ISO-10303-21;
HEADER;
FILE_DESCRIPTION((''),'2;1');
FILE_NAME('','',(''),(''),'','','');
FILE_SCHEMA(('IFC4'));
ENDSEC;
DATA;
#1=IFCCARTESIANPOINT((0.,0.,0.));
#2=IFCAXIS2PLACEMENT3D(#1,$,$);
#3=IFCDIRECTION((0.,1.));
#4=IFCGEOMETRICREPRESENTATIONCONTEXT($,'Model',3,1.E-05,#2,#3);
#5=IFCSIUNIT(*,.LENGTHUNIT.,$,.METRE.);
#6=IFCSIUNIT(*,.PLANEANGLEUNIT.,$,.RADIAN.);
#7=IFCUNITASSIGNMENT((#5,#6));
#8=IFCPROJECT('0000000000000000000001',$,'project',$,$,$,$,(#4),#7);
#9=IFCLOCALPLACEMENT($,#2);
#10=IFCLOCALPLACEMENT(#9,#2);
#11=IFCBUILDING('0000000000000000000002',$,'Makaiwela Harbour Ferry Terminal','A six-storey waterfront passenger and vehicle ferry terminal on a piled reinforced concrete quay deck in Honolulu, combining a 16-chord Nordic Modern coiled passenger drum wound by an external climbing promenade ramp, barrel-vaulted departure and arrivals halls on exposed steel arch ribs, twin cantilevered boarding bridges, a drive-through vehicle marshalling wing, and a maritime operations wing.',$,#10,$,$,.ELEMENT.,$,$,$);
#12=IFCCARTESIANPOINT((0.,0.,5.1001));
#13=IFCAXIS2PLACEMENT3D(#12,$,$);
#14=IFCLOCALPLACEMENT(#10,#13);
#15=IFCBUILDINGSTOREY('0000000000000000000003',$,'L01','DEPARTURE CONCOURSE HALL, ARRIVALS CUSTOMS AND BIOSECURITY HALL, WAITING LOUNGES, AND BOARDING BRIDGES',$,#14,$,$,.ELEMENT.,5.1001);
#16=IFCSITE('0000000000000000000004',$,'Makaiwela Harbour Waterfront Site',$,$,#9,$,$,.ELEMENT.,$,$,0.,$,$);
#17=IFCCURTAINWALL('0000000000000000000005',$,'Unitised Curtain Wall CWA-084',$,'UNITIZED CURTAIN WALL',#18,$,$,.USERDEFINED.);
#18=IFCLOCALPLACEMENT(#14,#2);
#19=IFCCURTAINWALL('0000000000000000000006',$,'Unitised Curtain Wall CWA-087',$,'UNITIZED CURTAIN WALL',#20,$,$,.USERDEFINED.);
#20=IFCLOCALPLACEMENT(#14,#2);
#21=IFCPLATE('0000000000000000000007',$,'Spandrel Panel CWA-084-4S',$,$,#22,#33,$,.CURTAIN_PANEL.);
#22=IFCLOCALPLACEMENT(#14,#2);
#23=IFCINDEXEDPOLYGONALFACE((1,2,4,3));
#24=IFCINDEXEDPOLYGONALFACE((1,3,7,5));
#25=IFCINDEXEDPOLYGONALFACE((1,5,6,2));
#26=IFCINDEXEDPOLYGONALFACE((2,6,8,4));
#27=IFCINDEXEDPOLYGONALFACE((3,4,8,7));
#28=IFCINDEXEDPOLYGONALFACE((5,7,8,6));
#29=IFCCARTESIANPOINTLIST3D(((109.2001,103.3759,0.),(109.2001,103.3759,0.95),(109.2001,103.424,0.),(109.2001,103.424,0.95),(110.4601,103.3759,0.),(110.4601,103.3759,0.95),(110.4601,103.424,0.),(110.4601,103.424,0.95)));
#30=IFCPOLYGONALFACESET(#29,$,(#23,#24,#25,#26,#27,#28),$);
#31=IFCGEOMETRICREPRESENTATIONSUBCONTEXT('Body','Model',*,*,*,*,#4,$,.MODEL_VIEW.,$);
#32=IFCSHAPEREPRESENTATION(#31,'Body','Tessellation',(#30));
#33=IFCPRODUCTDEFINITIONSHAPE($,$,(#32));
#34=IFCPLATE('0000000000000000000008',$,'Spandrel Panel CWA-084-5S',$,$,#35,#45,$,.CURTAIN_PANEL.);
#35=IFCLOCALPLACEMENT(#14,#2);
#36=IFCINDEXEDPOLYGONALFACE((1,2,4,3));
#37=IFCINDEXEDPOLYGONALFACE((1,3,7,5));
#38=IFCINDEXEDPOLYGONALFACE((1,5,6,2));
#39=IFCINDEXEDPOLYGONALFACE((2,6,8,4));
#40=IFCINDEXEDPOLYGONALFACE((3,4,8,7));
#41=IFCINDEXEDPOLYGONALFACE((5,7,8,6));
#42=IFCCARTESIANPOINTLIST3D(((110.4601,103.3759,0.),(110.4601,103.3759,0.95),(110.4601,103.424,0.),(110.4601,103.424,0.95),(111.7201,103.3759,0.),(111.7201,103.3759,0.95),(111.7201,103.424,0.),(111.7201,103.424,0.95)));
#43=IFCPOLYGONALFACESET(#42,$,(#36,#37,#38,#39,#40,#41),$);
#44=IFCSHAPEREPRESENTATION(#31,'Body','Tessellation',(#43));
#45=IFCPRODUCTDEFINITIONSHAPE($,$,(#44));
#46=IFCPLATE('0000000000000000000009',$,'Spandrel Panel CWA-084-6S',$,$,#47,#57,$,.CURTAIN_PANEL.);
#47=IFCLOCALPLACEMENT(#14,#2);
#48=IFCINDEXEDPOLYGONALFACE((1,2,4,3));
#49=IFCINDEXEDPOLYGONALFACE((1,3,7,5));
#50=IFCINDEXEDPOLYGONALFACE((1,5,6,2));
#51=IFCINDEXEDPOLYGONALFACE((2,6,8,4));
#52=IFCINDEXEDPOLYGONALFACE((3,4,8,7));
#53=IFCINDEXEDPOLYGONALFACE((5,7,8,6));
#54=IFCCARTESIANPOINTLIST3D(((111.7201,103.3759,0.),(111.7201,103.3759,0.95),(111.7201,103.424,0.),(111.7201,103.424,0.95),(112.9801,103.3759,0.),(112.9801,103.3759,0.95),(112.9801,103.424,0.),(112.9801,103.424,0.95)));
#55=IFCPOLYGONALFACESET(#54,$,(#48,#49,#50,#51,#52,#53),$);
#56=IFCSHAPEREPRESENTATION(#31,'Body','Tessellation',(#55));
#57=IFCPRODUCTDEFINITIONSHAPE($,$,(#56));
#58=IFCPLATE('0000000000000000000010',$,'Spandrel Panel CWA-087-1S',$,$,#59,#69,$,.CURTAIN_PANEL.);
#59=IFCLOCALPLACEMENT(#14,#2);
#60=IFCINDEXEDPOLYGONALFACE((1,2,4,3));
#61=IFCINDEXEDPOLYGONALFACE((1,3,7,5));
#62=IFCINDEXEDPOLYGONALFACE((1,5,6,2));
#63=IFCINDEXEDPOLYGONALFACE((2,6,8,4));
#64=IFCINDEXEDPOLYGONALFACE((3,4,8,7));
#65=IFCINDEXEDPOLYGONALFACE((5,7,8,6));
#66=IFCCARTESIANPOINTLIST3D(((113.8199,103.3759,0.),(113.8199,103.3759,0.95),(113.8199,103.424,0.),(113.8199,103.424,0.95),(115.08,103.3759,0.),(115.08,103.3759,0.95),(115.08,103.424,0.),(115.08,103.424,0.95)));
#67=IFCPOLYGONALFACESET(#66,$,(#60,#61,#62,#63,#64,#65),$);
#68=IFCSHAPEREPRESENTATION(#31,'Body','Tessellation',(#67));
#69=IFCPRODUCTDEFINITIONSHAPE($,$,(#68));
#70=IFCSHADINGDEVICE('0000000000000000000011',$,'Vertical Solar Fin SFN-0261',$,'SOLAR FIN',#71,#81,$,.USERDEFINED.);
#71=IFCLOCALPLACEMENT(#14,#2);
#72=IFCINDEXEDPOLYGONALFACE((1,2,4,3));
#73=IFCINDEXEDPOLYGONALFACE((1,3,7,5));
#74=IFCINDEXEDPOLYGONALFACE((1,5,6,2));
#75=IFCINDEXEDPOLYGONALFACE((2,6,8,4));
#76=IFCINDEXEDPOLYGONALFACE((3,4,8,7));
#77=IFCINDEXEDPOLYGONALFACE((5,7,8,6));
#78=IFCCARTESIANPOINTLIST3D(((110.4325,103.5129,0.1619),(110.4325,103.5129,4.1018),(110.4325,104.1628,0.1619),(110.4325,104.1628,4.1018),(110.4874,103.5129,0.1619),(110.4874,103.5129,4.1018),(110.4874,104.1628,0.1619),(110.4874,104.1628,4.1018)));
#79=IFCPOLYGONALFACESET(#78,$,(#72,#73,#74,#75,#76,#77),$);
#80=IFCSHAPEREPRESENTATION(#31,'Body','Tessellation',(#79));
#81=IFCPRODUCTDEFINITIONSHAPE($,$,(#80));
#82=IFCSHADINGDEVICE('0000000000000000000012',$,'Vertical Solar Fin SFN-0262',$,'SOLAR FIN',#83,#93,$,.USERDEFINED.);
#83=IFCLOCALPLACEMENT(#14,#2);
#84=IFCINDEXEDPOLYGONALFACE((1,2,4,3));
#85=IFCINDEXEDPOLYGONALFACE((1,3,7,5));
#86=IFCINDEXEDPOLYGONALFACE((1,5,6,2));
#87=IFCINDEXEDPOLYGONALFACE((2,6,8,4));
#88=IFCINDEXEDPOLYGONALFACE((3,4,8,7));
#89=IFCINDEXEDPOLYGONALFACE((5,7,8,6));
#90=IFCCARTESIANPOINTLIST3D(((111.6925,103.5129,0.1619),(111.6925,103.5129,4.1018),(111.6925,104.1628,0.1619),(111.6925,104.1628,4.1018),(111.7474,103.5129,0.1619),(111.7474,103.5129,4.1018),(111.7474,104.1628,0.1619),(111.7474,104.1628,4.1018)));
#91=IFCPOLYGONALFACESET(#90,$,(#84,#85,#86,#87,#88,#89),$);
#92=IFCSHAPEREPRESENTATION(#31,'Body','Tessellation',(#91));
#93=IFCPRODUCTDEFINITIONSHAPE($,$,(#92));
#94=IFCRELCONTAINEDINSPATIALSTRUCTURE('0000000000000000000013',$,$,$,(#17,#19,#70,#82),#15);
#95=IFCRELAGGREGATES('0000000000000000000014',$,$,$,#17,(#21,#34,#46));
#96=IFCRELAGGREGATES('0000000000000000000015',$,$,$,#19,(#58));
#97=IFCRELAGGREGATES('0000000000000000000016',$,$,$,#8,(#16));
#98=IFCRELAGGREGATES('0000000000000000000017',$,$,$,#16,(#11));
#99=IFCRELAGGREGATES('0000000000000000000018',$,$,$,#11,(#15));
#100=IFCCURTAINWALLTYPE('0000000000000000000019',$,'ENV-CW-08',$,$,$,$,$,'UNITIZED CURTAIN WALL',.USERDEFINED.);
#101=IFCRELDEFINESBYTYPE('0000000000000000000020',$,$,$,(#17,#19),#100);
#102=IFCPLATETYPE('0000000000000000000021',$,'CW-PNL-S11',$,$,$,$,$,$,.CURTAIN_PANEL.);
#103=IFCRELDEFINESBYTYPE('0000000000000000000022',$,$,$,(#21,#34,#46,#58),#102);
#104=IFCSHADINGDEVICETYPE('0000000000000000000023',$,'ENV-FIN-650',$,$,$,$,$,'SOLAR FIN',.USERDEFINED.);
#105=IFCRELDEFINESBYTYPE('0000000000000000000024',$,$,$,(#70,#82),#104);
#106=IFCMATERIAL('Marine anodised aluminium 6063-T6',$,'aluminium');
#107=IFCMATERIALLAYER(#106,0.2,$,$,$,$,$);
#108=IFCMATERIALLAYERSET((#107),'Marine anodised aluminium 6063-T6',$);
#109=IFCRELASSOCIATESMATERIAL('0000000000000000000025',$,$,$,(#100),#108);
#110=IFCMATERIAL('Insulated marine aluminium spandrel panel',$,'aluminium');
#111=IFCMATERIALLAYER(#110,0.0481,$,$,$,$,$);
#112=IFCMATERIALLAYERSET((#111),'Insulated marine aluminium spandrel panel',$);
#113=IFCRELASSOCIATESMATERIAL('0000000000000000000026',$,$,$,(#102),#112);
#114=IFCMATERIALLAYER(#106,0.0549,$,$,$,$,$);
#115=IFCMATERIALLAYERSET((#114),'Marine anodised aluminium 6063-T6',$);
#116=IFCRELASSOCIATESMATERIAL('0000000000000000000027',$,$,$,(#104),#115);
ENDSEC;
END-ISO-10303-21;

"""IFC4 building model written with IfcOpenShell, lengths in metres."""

from ifc_helpers import new_model, si_unit, direction, frame, origin, origin_2d, place, context, subcontext, project, spatial, rectangle, extrude, material, layer, layer_set, type_object, element, aggregate, save


model = new_model("IFC4")

# Units and contexts
model_context = context("Model", 3, precision=1e-05, world=origin(), true_north=direction((0.0, 1.0)))
body_context = subcontext(model_context, "Body", "Model", "MODEL_VIEW")
ifc_project = project(units=[si_unit("LENGTHUNIT", "METRE"), si_unit("PLANEANGLEUNIT", "RADIAN")], contexts=[model_context])

# Site, building, storey
site_placement = place(None, origin())
site = spatial("IfcSite", under=ifc_project, at=site_placement, Name="Makaiwela Harbour Waterfront Site", CompositionType="ELEMENT", RefElevation=0.0)
building_placement = place(site_placement, origin())
building = spatial("IfcBuilding", under=site, at=building_placement, Name="Makaiwela Harbour Ferry Terminal", Description="A six-storey waterfront passenger and vehicle ferry terminal on a piled reinforced concrete quay deck in Honolulu, combining a 16-chord Nordic Modern coiled passenger drum wound by an external climbing promenade ramp, barrel-vaulted departure and arrivals halls on exposed steel arch ribs, twin cantilevered boarding bridges, a drive-through vehicle marshalling wing, and a maritime operations wing.", CompositionType="ELEMENT")
storey_placement = place(building_placement, frame((0.0, 0.0, 5.1001)))
storey = spatial("IfcBuildingStorey", under=building, at=storey_placement, Name="L01", Description="DEPARTURE CONCOURSE HALL, ARRIVALS CUSTOMS AND BIOSECURITY HALL, WAITING LOUNGES, AND BOARDING BRIDGES", CompositionType="ELEMENT", Elevation=5.1001)

# Curtain walls
ifc_material_1 = material(Name="Marine anodised aluminium 6063-T6", Category="aluminium")
ifc_layer_1 = layer(ifc_material_1, 0.2)
ifc_layer_set_1 = layer_set([ifc_layer_1], Name="Marine anodised aluminium 6063-T6")
curtain_wall_type = type_object("IfcCurtainWallType", Name="ENV-CW-08", ElementType="UNITIZED CURTAIN WALL", PredefinedType="USERDEFINED", material=ifc_layer_set_1)
curtain_wall_1_placement = place(storey_placement, origin())
curtain_wall_1 = element("IfcCurtainWall", 1, at=curtain_wall_1_placement, inside=storey, type_object=curtain_wall_type, Name="Unitised Curtain Wall CWA-084", ObjectType="UNITIZED CURTAIN WALL", PredefinedType="USERDEFINED")
curtain_wall_2_placement = place(storey_placement, origin())
curtain_wall_2 = element("IfcCurtainWall", 2, at=curtain_wall_2_placement, inside=storey, type_object=curtain_wall_type, Name="Unitised Curtain Wall CWA-087", ObjectType="UNITIZED CURTAIN WALL", PredefinedType="USERDEFINED")

# Plates
ifc_material_2 = material(Name="Insulated marine aluminium spandrel panel", Category="aluminium")
ifc_layer_2 = layer(ifc_material_2, 0.0481)
ifc_layer_set_2 = layer_set([ifc_layer_2], Name="Insulated marine aluminium spandrel panel")
plate_type_1 = type_object("IfcPlateType", Name="CW-PNL-S11", PredefinedType="CURTAIN_PANEL", material=ifc_layer_set_2)
plate_1_placement = place(storey_placement, frame((109.8301, 103.3999, 0.0), z_axis=(0.0, 0.0, 1.0), x_axis=(1.0, 0.0, 0.0)))
plate_1 = element("IfcPlate", 3, at=plate_1_placement, type_object=plate_type_1, Name="Spandrel Panel CWA-084-4S", PredefinedType="CURTAIN_PANEL", context=body_context, shape_type="SweptSolid", body=[
    extrude(rectangle(XDim=1.26, YDim=0.0481, at=origin_2d()), origin(), (0.0, 0.0, 1.0), 0.95),
])
plate_2_placement = place(storey_placement, frame((111.0901, 103.3999, 0.0), z_axis=(0.0, 0.0, 1.0), x_axis=(1.0, 0.0, 0.0)))
plate_2 = element("IfcPlate", 4, at=plate_2_placement, type_object=plate_type_1, Name="Spandrel Panel CWA-084-5S", PredefinedType="CURTAIN_PANEL", context=body_context, shape_type="SweptSolid", body=[
    extrude(rectangle(XDim=1.26, YDim=0.0481, at=origin_2d()), origin(), (0.0, 0.0, 1.0), 0.95),
])
plate_3_placement = place(storey_placement, frame((112.3501, 103.3999, 0.0), z_axis=(0.0, 0.0, 1.0), x_axis=(1.0, 0.0, 0.0)))
plate_3 = element("IfcPlate", 5, at=plate_3_placement, type_object=plate_type_1, Name="Spandrel Panel CWA-084-6S", PredefinedType="CURTAIN_PANEL", context=body_context, shape_type="SweptSolid", body=[
    extrude(rectangle(XDim=1.26, YDim=0.0481, at=origin_2d()), origin(), (0.0, 0.0, 1.0), 0.95),
])
aggregate(curtain_wall_1, [plate_1, plate_2, plate_3])
plate_4_placement = place(storey_placement, frame((114.45, 103.3999, 0.0), z_axis=(0.0, 0.0, 1.0), x_axis=(1.0, 0.0, 0.0)))
plate_4 = element("IfcPlate", 6, at=plate_4_placement, type_object=plate_type_1, Name="Spandrel Panel CWA-087-1S", PredefinedType="CURTAIN_PANEL", context=body_context, shape_type="SweptSolid", body=[
    extrude(rectangle(XDim=1.26, YDim=0.0481, at=origin_2d()), origin(), (0.0, 0.0, 1.0), 0.95),
])
aggregate(curtain_wall_2, [plate_4])

# Shading devices
ifc_layer_3 = layer(ifc_material_1, 0.0549)
ifc_layer_set_3 = layer_set([ifc_layer_3], Name="Marine anodised aluminium 6063-T6")
shading_device_type = type_object("IfcShadingDeviceType", Name="ENV-FIN-650", ElementType="SOLAR FIN", PredefinedType="USERDEFINED", material=ifc_layer_set_3)
for number, where, z_axis, x_axis, name in (
    (7, (110.46, 103.8379, 0.1619), (0.0, 0.0, 1.0), (0.0, 1.0, 0.0), "Vertical Solar Fin SFN-0261"),
    (8, (111.72, 103.8379, 0.1619), (0.0, 0.0, 1.0), (0.0, 1.0, 0.0), "Vertical Solar Fin SFN-0262"),
):
    element("IfcShadingDevice", number, at=place(storey_placement, frame(where, z_axis=z_axis, x_axis=x_axis)), inside=storey, type_object=shading_device_type, Name=name, ObjectType="SOLAR FIN", PredefinedType="USERDEFINED", context=body_context, shape_type="SweptSolid", body=[
        extrude(rectangle(XDim=0.6499, YDim=0.0549, at=origin_2d()), origin(), (0.0, 0.0, 1.0), 3.9399),
    ])

save(model, "model.ifc")
